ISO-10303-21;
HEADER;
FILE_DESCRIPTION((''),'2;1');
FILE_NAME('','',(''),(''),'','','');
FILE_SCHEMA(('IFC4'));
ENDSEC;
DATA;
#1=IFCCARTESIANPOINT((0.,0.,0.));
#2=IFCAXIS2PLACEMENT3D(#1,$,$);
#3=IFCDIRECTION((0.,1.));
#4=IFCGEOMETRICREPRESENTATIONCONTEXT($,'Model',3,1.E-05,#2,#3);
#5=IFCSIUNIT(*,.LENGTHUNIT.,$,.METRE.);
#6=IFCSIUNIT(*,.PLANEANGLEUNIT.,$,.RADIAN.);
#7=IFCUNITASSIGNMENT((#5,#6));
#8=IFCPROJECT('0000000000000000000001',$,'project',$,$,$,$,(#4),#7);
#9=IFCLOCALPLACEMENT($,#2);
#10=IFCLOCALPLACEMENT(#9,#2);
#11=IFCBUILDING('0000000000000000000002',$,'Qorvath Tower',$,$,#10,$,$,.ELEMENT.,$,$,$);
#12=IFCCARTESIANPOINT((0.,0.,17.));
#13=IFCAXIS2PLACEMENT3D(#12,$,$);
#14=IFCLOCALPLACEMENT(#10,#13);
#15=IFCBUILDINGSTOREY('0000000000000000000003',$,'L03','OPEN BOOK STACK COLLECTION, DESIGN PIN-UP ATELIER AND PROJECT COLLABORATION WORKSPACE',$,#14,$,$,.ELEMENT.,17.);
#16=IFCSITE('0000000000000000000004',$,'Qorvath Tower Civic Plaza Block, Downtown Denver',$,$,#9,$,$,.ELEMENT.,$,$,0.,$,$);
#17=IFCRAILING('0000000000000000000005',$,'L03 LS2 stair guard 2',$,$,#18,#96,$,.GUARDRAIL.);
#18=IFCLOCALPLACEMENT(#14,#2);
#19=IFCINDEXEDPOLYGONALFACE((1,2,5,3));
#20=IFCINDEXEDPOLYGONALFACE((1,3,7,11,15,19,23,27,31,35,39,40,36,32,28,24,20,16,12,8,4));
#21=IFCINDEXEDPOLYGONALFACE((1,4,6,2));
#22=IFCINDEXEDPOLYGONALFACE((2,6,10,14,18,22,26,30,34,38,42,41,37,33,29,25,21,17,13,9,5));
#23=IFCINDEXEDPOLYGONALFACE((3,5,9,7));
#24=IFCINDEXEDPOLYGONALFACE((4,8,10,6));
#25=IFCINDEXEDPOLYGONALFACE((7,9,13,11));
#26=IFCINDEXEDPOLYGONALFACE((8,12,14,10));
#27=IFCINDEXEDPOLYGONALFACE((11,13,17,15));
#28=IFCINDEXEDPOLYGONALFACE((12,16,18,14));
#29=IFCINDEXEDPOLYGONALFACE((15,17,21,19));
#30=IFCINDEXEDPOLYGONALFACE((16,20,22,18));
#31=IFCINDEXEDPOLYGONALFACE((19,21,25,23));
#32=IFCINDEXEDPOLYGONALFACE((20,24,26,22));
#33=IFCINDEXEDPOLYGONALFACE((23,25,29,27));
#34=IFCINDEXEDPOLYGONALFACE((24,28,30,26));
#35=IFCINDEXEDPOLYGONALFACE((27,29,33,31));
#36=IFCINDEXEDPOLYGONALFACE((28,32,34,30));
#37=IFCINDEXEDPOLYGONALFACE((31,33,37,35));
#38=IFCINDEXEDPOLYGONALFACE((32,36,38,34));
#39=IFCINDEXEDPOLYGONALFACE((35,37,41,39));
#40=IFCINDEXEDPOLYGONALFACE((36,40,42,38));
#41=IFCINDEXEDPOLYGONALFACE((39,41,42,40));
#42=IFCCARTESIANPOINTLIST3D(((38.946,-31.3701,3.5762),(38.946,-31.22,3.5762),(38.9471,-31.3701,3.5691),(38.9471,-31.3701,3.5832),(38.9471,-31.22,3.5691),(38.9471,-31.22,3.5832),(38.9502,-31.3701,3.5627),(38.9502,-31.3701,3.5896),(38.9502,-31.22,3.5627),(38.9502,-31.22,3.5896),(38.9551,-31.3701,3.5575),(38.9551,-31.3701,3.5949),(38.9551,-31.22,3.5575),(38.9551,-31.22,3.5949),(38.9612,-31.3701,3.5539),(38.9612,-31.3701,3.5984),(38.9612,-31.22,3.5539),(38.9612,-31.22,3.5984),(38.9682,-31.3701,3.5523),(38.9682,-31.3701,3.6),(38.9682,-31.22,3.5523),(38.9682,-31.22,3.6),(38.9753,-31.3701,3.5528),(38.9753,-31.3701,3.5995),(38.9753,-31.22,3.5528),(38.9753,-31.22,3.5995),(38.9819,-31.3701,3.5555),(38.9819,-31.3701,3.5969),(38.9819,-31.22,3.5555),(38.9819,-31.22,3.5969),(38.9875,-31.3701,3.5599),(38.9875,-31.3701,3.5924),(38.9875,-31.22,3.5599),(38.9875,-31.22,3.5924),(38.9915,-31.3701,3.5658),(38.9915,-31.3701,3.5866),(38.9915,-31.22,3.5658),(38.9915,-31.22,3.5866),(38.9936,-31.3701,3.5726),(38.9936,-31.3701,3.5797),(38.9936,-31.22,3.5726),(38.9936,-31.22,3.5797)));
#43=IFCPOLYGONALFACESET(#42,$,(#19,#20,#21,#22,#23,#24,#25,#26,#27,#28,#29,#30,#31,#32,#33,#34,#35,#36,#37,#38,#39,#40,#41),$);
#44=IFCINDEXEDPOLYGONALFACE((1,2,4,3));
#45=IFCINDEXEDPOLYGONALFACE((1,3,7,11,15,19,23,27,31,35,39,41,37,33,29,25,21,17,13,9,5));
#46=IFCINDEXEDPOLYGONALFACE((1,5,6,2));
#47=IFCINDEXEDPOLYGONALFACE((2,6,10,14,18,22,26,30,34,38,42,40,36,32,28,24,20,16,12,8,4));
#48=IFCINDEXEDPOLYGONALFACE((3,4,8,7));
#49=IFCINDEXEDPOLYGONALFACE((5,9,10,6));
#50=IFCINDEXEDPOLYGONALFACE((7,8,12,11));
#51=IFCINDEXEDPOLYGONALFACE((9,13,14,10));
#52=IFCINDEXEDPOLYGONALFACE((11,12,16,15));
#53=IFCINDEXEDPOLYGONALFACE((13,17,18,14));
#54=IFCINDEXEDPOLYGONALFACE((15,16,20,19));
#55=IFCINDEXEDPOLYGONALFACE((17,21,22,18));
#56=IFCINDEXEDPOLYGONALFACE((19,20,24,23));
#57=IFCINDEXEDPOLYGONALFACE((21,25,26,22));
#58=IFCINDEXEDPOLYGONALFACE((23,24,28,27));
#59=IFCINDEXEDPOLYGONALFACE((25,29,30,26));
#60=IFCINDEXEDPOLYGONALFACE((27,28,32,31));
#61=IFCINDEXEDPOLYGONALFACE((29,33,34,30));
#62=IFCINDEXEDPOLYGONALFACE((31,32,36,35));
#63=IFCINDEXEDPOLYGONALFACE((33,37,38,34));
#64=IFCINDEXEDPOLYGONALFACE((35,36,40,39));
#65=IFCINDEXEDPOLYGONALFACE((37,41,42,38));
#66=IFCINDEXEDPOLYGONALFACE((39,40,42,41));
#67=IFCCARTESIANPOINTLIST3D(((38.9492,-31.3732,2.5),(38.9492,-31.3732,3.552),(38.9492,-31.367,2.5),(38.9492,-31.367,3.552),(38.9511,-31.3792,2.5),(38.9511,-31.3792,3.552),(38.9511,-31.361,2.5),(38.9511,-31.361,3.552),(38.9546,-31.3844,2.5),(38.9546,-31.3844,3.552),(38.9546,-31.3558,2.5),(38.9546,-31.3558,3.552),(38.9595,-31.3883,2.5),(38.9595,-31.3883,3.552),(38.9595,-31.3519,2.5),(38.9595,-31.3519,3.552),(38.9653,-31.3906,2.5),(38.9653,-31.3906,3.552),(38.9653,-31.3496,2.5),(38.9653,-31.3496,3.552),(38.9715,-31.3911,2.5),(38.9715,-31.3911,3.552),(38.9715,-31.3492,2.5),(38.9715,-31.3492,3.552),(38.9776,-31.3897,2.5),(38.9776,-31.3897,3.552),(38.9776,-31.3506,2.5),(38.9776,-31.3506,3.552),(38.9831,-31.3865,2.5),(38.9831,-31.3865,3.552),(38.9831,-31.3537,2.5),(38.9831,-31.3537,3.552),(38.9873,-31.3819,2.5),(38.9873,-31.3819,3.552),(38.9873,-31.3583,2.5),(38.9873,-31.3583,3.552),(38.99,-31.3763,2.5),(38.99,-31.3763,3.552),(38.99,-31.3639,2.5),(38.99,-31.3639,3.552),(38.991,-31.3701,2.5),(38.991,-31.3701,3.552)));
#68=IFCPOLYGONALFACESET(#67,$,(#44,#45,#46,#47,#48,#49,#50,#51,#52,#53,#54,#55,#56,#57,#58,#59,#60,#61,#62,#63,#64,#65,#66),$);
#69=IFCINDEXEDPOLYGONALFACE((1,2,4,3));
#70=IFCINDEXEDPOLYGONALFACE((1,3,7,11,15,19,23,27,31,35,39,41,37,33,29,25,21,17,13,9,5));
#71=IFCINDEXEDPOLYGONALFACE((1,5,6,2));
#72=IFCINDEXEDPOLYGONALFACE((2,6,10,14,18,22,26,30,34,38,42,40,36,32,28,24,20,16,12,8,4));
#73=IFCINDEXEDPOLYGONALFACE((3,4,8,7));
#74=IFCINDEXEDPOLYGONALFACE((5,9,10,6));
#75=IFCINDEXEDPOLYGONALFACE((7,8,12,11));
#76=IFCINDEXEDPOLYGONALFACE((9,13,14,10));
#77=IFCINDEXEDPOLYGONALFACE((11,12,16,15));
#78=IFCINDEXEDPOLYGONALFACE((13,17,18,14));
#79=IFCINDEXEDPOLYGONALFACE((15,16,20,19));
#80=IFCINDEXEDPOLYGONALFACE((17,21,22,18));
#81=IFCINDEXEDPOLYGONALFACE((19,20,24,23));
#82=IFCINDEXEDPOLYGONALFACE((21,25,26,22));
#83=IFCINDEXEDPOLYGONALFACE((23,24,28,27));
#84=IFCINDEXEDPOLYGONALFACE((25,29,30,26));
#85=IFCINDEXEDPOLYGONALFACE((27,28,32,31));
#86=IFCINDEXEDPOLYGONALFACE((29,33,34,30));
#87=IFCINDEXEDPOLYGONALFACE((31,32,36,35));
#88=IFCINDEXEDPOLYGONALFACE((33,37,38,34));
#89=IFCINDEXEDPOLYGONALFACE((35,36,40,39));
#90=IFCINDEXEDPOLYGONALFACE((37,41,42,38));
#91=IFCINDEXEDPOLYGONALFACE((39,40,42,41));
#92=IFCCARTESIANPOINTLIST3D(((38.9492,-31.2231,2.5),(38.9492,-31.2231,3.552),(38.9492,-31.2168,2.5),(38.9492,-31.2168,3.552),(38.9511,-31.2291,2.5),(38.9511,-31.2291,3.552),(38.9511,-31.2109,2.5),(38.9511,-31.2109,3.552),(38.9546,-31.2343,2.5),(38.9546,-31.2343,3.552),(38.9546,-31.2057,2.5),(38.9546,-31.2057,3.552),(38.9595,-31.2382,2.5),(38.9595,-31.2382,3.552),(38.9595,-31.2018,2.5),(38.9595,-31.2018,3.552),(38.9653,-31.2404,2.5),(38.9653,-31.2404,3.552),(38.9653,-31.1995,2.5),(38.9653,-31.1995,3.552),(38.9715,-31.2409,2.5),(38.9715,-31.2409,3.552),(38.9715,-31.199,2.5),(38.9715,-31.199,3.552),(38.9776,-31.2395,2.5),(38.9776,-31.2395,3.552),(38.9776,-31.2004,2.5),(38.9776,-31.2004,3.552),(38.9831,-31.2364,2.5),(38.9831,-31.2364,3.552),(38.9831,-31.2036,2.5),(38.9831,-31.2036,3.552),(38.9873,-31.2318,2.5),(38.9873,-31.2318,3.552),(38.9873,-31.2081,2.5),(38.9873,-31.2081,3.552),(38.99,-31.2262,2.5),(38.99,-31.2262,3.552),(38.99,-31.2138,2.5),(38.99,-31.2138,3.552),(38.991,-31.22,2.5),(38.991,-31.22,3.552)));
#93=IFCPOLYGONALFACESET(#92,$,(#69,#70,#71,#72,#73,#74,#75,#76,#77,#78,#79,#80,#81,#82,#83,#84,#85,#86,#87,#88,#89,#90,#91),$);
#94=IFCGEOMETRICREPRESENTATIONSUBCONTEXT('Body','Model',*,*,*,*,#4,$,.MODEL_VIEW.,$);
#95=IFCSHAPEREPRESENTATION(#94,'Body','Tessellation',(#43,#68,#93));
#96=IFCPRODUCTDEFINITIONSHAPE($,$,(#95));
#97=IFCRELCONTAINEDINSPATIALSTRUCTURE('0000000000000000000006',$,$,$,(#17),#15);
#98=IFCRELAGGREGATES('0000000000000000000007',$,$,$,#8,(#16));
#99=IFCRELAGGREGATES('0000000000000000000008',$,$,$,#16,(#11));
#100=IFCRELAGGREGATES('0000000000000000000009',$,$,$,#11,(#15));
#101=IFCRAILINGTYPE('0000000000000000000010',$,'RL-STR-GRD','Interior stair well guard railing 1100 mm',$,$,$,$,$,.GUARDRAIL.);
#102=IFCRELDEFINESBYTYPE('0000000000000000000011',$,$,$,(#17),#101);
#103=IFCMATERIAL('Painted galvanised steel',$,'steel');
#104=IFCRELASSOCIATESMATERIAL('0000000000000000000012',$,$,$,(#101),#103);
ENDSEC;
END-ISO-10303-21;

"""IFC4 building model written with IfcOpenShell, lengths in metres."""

from ifc_helpers import new_model, si_unit, direction, frame, origin, origin_2d, place, context, subcontext, project, spatial, circle, extrude, material, type_object, element, save


model = new_model("IFC4")

# Units and contexts
model_context = context("Model", 3, precision=1e-05, world=origin(), true_north=direction((0.0, 1.0)))
body_context = subcontext(model_context, "Body", "Model", "MODEL_VIEW")
ifc_project = project(units=[si_unit("LENGTHUNIT", "METRE"), si_unit("PLANEANGLEUNIT", "RADIAN")], contexts=[model_context])

# Site, building, storey
site_placement = place(None, origin())
site = spatial("IfcSite", under=ifc_project, at=site_placement, Name="Qorvath Tower Civic Plaza Block, Downtown Denver", CompositionType="ELEMENT", RefElevation=0.0)
building_placement = place(site_placement, origin())
building = spatial("IfcBuilding", under=site, at=building_placement, Name="Qorvath Tower", CompositionType="ELEMENT")
storey_placement = place(building_placement, frame((0.0, 0.0, 17.0)))
storey = spatial("IfcBuildingStorey", under=building, at=storey_placement, Name="L03", Description="OPEN BOOK STACK COLLECTION, DESIGN PIN-UP ATELIER AND PROJECT COLLABORATION WORKSPACE", CompositionType="ELEMENT", Elevation=17.0)

# Railing
ifc_material_1 = material(Name="Painted galvanised steel", Category="steel")
railing_type_1 = type_object("IfcRailingType", Name="RL-STR-GRD", Description="Interior stair well guard railing 1100 mm", PredefinedType="GUARDRAIL", material=ifc_material_1)
railing_1_placement = place(storey_placement, frame((38.97, -31.3701, 2.5)))
element("IfcRailing", 1, at=railing_1_placement, inside=storey, type_object=railing_type_1, Name="L03 LS2 stair guard 2", PredefinedType="GUARDRAIL", context=body_context, shape_type="SweptSolid", body=[
    extrude(circle(Radius=0.0239, at=origin_2d()), frame((0.0, 0.0, 1.0762), z_axis=(0.0, 1.0, 0.0), x_axis=(-1.0, 0.0, 0.0)), (0.0, 0.0, 1.0), 0.1501),
    extrude(circle(Radius=0.021, at=origin_2d()), origin(), (0.0, 0.0, 1.0), 1.052),
    extrude(circle(Radius=0.021, at=origin_2d()), frame((0.0, 0.1501, 0.0)), (0.0, 0.0, 1.0), 1.052),
])

save(model, "model.ifc")
